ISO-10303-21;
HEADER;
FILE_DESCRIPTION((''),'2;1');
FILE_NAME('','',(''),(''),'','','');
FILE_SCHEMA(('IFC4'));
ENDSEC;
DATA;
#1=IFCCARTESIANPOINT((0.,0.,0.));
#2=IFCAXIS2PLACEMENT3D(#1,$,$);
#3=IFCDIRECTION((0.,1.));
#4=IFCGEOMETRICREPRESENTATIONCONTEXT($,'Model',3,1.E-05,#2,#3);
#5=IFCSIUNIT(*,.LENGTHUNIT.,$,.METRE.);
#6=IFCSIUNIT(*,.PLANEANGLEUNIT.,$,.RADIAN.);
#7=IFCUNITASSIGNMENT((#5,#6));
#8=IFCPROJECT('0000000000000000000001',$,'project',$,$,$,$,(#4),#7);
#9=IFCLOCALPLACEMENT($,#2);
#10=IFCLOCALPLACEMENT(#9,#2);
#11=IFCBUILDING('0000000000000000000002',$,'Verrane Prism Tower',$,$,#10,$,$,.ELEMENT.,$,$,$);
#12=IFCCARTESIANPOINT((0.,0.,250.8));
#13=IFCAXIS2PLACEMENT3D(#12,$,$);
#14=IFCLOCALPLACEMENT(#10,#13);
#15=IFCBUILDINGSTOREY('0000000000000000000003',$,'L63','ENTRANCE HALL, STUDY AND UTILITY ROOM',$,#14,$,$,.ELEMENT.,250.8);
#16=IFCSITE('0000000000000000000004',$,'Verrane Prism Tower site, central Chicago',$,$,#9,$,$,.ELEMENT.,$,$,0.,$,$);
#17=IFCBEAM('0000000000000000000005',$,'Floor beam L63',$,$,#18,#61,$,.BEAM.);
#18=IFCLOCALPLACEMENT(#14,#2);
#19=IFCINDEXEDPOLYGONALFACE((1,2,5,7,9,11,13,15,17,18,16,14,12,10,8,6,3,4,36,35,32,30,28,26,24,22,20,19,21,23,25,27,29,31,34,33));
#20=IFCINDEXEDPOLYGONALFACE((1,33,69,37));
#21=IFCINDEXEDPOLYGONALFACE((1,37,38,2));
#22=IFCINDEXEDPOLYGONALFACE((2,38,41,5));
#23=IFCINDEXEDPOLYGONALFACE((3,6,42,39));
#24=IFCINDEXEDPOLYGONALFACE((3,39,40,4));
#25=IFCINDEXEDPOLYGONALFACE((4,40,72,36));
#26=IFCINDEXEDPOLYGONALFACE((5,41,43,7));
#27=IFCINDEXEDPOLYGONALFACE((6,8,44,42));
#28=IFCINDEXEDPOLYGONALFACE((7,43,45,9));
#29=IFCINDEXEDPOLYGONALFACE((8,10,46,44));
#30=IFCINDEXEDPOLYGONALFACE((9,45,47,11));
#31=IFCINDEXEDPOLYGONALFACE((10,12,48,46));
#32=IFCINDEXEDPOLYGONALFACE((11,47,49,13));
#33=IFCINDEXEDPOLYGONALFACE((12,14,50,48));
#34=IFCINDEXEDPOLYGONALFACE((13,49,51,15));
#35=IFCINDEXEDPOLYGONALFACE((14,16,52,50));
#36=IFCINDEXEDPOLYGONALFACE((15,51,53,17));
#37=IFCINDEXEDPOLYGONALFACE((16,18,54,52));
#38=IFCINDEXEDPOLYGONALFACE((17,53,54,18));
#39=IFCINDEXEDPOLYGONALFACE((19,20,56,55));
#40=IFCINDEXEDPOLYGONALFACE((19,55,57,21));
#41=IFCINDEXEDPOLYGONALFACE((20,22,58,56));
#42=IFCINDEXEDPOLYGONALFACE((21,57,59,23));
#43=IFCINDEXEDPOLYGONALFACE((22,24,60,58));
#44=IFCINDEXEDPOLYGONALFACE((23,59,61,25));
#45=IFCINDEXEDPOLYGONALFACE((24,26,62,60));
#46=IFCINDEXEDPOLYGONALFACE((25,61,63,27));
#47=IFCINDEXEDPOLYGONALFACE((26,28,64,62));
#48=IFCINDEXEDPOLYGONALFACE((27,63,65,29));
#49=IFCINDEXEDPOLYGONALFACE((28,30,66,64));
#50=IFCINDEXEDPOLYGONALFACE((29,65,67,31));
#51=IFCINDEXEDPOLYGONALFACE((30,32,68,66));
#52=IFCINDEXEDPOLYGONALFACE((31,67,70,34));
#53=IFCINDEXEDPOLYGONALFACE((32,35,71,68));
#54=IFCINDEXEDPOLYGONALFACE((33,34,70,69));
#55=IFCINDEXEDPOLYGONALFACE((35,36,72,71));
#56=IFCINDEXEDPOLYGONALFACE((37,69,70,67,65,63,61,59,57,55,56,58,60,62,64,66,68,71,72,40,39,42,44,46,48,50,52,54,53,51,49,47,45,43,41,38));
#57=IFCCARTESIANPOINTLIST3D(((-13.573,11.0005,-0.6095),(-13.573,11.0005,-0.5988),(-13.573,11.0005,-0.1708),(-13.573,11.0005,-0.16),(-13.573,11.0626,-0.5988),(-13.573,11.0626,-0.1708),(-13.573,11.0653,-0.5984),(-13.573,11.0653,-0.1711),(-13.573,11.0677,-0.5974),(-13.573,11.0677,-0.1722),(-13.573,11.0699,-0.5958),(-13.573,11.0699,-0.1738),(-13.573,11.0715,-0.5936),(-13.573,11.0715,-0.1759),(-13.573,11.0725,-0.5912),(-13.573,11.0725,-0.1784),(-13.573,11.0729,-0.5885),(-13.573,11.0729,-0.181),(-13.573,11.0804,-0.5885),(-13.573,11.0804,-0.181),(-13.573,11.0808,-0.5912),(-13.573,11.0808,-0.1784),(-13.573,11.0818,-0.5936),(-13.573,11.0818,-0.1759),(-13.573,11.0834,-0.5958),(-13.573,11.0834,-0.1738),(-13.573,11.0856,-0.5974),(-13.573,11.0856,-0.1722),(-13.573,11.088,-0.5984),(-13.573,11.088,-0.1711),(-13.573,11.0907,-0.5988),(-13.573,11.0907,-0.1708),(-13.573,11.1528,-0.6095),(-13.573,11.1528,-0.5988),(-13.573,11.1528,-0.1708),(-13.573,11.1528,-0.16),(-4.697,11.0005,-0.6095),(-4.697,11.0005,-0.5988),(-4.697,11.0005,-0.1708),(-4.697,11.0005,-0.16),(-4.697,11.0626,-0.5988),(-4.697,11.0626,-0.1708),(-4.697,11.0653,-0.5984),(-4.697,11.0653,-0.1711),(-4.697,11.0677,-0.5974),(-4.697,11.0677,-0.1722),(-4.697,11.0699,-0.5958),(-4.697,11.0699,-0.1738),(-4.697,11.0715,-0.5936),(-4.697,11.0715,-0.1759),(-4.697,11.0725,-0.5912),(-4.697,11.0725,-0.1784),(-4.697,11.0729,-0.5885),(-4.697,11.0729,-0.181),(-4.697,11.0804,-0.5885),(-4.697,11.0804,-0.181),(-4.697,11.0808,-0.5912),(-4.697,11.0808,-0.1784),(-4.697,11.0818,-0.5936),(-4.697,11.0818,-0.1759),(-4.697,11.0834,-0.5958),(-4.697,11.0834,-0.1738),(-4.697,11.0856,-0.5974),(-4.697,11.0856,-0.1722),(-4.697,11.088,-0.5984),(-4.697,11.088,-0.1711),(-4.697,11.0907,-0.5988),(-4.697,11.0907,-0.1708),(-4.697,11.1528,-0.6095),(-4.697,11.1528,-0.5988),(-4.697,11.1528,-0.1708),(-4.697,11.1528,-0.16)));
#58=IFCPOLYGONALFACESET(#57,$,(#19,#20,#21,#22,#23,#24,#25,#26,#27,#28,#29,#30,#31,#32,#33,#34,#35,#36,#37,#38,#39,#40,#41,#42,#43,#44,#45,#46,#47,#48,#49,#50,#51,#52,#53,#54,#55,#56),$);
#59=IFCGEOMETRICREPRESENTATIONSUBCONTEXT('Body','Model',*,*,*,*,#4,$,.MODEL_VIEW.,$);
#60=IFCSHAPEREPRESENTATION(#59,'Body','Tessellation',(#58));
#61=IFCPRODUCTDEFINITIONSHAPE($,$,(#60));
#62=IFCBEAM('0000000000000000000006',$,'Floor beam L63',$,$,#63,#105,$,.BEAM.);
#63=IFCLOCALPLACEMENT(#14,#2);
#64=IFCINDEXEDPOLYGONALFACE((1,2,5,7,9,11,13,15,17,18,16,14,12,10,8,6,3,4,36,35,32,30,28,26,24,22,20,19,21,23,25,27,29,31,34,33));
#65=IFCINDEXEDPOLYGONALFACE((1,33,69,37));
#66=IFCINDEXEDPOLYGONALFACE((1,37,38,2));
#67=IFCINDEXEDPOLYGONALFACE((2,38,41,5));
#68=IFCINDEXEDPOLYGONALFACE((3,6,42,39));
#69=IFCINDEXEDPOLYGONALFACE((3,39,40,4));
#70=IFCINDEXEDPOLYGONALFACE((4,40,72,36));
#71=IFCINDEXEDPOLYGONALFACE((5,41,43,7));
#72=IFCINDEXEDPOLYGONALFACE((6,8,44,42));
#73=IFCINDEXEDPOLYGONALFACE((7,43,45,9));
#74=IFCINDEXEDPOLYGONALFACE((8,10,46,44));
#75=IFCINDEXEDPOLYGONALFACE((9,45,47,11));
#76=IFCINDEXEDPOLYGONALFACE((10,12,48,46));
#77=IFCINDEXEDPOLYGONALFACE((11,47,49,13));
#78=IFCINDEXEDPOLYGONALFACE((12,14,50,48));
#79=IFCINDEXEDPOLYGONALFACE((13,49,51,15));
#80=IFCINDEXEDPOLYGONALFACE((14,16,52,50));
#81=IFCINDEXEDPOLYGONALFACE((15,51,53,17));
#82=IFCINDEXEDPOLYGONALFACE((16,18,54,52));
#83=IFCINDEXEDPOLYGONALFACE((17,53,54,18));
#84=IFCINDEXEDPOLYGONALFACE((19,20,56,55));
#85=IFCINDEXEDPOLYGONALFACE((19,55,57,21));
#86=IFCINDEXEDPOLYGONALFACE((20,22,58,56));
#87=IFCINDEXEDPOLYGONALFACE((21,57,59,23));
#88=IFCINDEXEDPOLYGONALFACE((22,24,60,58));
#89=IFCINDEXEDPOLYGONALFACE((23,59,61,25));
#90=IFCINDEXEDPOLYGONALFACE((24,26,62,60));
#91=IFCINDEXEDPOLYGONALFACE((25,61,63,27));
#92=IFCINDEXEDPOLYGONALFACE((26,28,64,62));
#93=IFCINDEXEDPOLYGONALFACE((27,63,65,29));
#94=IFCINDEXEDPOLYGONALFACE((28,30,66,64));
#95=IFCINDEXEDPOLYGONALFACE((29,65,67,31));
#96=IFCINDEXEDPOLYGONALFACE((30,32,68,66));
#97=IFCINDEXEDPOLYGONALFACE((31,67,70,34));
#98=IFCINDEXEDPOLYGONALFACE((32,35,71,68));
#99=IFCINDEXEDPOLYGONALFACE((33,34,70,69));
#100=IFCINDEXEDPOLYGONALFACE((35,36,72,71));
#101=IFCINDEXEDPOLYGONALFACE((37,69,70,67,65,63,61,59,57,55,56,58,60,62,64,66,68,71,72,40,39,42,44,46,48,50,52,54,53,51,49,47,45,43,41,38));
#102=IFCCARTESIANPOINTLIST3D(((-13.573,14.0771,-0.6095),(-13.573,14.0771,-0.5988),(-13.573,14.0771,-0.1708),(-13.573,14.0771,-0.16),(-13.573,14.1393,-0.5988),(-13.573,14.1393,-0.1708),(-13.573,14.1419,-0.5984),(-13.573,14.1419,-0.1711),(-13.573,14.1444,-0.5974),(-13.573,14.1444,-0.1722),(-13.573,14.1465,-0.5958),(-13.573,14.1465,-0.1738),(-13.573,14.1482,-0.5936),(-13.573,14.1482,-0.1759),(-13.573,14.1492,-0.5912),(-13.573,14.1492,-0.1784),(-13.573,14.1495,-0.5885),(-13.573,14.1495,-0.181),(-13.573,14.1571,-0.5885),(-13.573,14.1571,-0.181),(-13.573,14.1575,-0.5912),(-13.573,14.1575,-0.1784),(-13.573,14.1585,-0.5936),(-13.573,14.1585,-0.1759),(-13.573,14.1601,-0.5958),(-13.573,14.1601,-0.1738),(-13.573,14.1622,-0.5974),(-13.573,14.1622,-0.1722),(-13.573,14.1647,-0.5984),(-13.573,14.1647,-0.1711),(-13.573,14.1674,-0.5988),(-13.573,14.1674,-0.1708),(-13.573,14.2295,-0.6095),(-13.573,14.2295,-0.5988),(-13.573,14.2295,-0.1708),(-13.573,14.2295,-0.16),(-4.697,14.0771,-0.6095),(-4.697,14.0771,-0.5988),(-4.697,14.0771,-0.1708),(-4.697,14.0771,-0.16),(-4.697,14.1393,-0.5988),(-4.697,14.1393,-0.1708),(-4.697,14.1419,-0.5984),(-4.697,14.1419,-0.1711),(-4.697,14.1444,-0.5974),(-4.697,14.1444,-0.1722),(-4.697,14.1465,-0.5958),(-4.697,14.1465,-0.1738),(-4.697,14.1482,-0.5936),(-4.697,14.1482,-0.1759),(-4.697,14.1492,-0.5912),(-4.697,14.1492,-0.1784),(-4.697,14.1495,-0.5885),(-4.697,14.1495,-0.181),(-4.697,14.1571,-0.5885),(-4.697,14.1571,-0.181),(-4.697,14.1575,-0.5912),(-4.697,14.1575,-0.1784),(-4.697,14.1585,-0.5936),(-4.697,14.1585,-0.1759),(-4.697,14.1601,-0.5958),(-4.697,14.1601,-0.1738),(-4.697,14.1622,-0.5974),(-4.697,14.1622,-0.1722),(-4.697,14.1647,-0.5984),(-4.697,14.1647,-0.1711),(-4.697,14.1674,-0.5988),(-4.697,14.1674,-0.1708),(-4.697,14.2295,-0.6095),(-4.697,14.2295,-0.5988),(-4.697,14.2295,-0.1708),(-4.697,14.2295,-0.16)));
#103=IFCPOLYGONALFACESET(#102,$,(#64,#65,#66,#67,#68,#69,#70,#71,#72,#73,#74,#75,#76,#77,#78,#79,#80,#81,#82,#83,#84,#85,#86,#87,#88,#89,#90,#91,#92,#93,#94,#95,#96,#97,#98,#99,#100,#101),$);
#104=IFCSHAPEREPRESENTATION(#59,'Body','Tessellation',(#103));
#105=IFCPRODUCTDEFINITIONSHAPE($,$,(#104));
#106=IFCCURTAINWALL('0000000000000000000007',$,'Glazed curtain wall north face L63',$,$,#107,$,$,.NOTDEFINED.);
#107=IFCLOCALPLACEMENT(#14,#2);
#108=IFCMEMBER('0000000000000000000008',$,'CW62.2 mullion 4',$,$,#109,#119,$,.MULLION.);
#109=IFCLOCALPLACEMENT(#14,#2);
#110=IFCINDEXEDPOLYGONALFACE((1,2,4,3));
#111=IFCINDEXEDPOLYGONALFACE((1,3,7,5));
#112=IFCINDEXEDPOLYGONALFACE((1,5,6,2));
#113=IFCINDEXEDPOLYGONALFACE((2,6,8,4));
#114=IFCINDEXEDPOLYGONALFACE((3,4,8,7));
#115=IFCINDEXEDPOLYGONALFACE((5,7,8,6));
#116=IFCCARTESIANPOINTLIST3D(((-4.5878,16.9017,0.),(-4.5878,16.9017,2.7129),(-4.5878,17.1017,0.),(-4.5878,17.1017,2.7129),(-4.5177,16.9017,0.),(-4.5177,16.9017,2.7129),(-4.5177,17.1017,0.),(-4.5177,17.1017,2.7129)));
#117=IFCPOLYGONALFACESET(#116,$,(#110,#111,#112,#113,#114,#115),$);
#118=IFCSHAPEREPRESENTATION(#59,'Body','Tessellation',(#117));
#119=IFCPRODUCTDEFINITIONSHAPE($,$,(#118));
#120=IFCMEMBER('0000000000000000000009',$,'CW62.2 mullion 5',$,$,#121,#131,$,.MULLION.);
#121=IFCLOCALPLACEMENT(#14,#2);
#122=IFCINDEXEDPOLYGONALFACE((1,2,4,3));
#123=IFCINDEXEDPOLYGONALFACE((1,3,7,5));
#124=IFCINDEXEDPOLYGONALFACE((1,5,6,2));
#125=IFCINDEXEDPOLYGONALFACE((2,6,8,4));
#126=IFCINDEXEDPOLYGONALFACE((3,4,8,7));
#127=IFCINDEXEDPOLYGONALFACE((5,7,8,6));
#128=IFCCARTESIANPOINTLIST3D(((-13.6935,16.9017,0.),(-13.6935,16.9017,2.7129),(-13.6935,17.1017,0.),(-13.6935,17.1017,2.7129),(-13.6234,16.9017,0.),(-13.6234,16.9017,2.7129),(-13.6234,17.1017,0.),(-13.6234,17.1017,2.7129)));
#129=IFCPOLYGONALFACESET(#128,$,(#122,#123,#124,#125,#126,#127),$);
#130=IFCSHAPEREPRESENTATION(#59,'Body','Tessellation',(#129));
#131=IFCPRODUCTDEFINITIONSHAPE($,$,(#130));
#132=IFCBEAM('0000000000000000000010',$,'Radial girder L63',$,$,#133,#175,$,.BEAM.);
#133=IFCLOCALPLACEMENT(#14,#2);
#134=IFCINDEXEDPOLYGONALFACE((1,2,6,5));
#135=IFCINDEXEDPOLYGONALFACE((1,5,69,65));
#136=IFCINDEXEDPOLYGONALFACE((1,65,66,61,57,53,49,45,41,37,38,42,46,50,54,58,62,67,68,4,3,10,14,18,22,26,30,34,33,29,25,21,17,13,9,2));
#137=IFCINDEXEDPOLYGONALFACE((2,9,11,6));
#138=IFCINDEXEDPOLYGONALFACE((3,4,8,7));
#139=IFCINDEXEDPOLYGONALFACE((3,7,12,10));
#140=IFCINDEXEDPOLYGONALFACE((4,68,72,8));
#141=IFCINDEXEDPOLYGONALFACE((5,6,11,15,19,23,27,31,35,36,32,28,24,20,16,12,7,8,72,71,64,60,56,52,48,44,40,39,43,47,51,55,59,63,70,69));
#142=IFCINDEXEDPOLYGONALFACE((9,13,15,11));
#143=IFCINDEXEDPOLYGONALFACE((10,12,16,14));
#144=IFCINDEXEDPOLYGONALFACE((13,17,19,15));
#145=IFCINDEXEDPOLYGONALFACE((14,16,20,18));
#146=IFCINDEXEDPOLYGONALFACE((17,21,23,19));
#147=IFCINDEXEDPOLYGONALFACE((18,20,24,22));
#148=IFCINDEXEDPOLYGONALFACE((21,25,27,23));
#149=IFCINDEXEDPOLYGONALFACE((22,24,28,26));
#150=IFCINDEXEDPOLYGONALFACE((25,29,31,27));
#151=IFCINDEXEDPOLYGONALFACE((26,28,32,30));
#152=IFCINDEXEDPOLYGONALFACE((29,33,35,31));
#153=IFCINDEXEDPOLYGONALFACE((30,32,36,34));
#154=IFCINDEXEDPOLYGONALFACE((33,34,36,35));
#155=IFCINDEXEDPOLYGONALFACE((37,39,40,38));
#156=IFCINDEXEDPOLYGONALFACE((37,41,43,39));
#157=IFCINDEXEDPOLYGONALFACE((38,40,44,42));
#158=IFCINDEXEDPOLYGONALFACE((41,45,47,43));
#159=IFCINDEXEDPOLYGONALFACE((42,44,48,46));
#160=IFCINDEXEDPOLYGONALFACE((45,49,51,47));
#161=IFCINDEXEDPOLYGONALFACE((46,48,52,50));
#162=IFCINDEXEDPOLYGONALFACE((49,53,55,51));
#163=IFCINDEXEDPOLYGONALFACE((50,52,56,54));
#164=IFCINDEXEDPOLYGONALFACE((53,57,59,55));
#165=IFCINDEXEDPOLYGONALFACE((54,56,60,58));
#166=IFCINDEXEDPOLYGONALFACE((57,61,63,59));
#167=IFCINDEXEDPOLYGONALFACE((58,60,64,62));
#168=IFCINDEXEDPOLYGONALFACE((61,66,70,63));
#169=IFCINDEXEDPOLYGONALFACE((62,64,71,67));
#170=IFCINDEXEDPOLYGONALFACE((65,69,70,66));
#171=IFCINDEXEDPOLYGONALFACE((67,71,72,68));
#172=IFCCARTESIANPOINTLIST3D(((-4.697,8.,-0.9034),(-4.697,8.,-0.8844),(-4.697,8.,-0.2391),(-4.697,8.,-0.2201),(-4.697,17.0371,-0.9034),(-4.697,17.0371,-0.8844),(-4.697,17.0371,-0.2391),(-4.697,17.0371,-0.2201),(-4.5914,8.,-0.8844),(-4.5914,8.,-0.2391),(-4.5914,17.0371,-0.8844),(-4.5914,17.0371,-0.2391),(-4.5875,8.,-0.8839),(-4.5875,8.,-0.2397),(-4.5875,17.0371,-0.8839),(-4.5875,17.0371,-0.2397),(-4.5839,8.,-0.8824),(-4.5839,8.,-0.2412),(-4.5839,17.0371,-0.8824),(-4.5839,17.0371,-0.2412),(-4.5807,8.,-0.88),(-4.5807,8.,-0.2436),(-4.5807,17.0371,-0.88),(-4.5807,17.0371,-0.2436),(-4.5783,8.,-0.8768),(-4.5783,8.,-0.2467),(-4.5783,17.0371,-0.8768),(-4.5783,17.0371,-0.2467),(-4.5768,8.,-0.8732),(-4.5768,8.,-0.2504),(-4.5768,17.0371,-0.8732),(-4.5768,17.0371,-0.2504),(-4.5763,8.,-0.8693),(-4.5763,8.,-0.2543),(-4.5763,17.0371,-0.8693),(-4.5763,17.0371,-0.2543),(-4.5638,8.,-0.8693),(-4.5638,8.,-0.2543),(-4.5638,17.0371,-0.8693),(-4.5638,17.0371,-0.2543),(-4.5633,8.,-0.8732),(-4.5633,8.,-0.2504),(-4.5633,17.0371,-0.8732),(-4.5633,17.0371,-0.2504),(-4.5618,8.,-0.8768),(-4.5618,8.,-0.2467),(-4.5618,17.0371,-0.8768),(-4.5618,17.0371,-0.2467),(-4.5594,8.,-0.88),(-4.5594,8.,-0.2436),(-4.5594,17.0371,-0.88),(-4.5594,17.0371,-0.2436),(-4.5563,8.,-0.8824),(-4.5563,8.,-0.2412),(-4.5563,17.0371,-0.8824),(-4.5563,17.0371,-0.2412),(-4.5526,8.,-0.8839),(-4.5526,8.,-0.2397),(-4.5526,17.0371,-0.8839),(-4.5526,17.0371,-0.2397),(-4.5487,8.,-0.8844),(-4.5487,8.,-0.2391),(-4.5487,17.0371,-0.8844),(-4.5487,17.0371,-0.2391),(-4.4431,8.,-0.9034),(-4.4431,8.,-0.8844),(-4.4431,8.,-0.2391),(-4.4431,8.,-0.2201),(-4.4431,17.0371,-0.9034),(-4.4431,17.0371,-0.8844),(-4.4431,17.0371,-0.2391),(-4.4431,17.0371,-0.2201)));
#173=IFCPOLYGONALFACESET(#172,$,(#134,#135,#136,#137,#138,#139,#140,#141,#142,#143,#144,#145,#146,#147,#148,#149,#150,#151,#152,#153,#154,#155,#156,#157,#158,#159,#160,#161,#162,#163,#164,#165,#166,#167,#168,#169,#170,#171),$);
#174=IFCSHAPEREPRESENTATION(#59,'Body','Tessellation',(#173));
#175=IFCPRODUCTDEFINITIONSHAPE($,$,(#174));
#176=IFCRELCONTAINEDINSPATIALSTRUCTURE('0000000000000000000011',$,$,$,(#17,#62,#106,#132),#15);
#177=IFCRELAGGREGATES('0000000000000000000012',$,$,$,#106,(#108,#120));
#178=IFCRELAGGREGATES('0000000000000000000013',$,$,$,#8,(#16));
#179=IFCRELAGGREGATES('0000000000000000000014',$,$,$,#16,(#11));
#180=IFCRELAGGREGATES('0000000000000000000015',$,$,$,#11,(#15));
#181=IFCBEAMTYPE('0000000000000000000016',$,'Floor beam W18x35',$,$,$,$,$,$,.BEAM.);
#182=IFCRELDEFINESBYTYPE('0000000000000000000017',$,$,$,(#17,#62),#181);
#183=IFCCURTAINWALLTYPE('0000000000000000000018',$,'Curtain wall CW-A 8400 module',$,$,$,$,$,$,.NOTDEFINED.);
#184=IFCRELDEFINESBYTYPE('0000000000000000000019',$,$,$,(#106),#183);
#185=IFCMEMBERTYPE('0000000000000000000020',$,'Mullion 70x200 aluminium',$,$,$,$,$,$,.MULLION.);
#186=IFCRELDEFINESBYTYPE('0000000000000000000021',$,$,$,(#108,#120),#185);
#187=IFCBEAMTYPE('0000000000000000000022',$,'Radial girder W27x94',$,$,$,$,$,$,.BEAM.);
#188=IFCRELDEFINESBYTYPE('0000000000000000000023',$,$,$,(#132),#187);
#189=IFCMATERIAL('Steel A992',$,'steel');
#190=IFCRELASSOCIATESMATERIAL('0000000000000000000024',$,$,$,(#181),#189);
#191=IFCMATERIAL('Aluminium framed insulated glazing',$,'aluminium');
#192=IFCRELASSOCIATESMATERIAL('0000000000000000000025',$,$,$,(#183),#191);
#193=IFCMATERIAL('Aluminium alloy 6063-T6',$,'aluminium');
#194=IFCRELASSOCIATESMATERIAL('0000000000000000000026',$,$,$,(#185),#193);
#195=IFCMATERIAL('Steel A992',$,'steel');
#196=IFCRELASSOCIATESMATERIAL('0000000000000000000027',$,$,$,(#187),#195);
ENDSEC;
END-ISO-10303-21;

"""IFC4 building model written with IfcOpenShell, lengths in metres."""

from ifc_helpers import new_model, si_unit, direction, frame, origin, origin_2d, place, context, subcontext, project, spatial, rectangle, i_section, extrude, material, material_profile, profile_set, type_object, element, aggregate, save


model = new_model("IFC4")

# Units and contexts
model_context = context("Model", 3, precision=1e-05, world=origin(), true_north=direction((0.0, 1.0)))
body_context = subcontext(model_context, "Body", "Model", "MODEL_VIEW")
ifc_project = project(units=[si_unit("LENGTHUNIT", "METRE"), si_unit("PLANEANGLEUNIT", "RADIAN")], contexts=[model_context])

# Site, building, storey
site_placement = place(None, origin())
site = spatial("IfcSite", under=ifc_project, at=site_placement, Name="Verrane Prism Tower site, central Chicago", CompositionType="ELEMENT", RefElevation=0.0)
building_placement = place(site_placement, origin())
building = spatial("IfcBuilding", under=site, at=building_placement, Name="Verrane Prism Tower", CompositionType="ELEMENT")
storey_placement = place(building_placement, frame((0.0, 0.0, 250.8)))
storey = spatial("IfcBuildingStorey", under=building, at=storey_placement, Name="L63", Description="ENTRANCE HALL, STUDY AND UTILITY ROOM", CompositionType="ELEMENT", Elevation=250.8)

# Beams
ifc_material_1 = material(Name="Steel A992", Category="steel")
ifc_material_profile_1 = material_profile(ifc_material_1, i_section(OverallWidth=0.1523, OverallDepth=0.4495, WebThickness=0.0076, FlangeThickness=0.0107, FilletRadius=0.0103, at=origin_2d()), Name="W18x35")
ifc_profile_set_1 = profile_set([ifc_material_profile_1], Name="Steel A992")
beam_type_1 = type_object("IfcBeamType", Name="Floor beam W18x35", PredefinedType="BEAM", material=ifc_profile_set_1)
for number, where, z_axis, x_axis, name in (
    (1, (-13.573, 11.0767, -0.3848), (1.0, 0.0, 0.0), (0.0, 1.0, 0.0), "Floor beam L63"),
    (2, (-13.573, 14.1533, -0.3848), (1.0, 0.0, 0.0), (0.0, 1.0, 0.0), "Floor beam L63"),
):
    element("IfcBeam", number, at=place(storey_placement, frame(where, z_axis=z_axis, x_axis=x_axis)), inside=storey, type_object=beam_type_1, Name=name, PredefinedType="BEAM", context=body_context, shape_type="SweptSolid", body=[
        extrude(i_section(OverallWidth=0.1523, OverallDepth=0.4495, WebThickness=0.0076, FlangeThickness=0.0107, FilletRadius=0.0103, at=origin_2d()), origin(), (0.0, 0.0, 1.0), 8.876),
    ])

# Curtain wall, members
ifc_material_2 = material(Name="Aluminium framed insulated glazing", Category="aluminium")
curtain_wall_type = type_object("IfcCurtainWallType", Name="Curtain wall CW-A 8400 module", PredefinedType="NOTDEFINED", material=ifc_material_2)
curtain_wall_placement = place(storey_placement, origin())
curtain_wall = element("IfcCurtainWall", 3, at=curtain_wall_placement, inside=storey, type_object=curtain_wall_type, Name="Glazed curtain wall north face L63", PredefinedType="NOTDEFINED")
ifc_material_3 = material(Name="Aluminium alloy 6063-T6", Category="aluminium")
ifc_material_profile_2 = material_profile(ifc_material_3, rectangle(XDim=0.2, YDim=0.0701, at=origin_2d()), Name="Mullion 70x200 aluminium")
ifc_profile_set_2 = profile_set([ifc_material_profile_2], Name="Aluminium alloy 6063-T6")
member_type_1 = type_object("IfcMemberType", Name="Mullion 70x200 aluminium", PredefinedType="MULLION", material=ifc_profile_set_2)
member_1_placement = place(storey_placement, frame((-4.5527, 17.0017, 0.0), z_axis=(0.0, 0.0, 1.0), x_axis=(0.0, -1.0, 0.0)))
member_1 = element("IfcMember", 4, at=member_1_placement, type_object=member_type_1, Name="CW62.2 mullion 4", PredefinedType="MULLION", context=body_context, shape_type="SweptSolid", body=[
    extrude(rectangle(XDim=0.2, YDim=0.0701, at=origin_2d()), origin(), (0.0, 0.0, 1.0), 2.7129),
])
member_2_placement = place(storey_placement, frame((-13.6584, 17.0017, 0.0), z_axis=(0.0, 0.0, 1.0), x_axis=(0.0, -1.0, 0.0)))
member_2 = element("IfcMember", 5, at=member_2_placement, type_object=member_type_1, Name="CW62.2 mullion 5", PredefinedType="MULLION", context=body_context, shape_type="SweptSolid", body=[
    extrude(rectangle(XDim=0.2, YDim=0.0701, at=origin_2d()), origin(), (0.0, 0.0, 1.0), 2.7129),
])

# Beam
ifc_material_4 = material(Name="Steel A992", Category="steel")
ifc_material_profile_3 = material_profile(ifc_material_4, i_section(OverallWidth=0.2539, OverallDepth=0.6833, WebThickness=0.0125, FlangeThickness=0.019, FilletRadius=0.0151, at=origin_2d()), Name="W27x94")
ifc_profile_set_3 = profile_set([ifc_material_profile_3], Name="Steel A992")
beam_type_2 = type_object("IfcBeamType", Name="Radial girder W27x94", PredefinedType="BEAM", material=ifc_profile_set_3)
beam_1_placement = place(storey_placement, frame((-4.5701, 17.0371, -0.5618), z_axis=(0.0, -1.0, 0.0), x_axis=(1.0, 0.0, 0.0)))
element("IfcBeam", 6, at=beam_1_placement, inside=storey, type_object=beam_type_2, Name="Radial girder L63", PredefinedType="BEAM", context=body_context, shape_type="SweptSolid", body=[
    extrude(i_section(OverallWidth=0.2539, OverallDepth=0.6833, WebThickness=0.0125, FlangeThickness=0.019, FilletRadius=0.0151, at=origin_2d()), origin(), (0.0, 0.0, 1.0), 9.0371),
])

aggregate(curtain_wall, [member_1, member_2])

save(model, "model.ifc")
